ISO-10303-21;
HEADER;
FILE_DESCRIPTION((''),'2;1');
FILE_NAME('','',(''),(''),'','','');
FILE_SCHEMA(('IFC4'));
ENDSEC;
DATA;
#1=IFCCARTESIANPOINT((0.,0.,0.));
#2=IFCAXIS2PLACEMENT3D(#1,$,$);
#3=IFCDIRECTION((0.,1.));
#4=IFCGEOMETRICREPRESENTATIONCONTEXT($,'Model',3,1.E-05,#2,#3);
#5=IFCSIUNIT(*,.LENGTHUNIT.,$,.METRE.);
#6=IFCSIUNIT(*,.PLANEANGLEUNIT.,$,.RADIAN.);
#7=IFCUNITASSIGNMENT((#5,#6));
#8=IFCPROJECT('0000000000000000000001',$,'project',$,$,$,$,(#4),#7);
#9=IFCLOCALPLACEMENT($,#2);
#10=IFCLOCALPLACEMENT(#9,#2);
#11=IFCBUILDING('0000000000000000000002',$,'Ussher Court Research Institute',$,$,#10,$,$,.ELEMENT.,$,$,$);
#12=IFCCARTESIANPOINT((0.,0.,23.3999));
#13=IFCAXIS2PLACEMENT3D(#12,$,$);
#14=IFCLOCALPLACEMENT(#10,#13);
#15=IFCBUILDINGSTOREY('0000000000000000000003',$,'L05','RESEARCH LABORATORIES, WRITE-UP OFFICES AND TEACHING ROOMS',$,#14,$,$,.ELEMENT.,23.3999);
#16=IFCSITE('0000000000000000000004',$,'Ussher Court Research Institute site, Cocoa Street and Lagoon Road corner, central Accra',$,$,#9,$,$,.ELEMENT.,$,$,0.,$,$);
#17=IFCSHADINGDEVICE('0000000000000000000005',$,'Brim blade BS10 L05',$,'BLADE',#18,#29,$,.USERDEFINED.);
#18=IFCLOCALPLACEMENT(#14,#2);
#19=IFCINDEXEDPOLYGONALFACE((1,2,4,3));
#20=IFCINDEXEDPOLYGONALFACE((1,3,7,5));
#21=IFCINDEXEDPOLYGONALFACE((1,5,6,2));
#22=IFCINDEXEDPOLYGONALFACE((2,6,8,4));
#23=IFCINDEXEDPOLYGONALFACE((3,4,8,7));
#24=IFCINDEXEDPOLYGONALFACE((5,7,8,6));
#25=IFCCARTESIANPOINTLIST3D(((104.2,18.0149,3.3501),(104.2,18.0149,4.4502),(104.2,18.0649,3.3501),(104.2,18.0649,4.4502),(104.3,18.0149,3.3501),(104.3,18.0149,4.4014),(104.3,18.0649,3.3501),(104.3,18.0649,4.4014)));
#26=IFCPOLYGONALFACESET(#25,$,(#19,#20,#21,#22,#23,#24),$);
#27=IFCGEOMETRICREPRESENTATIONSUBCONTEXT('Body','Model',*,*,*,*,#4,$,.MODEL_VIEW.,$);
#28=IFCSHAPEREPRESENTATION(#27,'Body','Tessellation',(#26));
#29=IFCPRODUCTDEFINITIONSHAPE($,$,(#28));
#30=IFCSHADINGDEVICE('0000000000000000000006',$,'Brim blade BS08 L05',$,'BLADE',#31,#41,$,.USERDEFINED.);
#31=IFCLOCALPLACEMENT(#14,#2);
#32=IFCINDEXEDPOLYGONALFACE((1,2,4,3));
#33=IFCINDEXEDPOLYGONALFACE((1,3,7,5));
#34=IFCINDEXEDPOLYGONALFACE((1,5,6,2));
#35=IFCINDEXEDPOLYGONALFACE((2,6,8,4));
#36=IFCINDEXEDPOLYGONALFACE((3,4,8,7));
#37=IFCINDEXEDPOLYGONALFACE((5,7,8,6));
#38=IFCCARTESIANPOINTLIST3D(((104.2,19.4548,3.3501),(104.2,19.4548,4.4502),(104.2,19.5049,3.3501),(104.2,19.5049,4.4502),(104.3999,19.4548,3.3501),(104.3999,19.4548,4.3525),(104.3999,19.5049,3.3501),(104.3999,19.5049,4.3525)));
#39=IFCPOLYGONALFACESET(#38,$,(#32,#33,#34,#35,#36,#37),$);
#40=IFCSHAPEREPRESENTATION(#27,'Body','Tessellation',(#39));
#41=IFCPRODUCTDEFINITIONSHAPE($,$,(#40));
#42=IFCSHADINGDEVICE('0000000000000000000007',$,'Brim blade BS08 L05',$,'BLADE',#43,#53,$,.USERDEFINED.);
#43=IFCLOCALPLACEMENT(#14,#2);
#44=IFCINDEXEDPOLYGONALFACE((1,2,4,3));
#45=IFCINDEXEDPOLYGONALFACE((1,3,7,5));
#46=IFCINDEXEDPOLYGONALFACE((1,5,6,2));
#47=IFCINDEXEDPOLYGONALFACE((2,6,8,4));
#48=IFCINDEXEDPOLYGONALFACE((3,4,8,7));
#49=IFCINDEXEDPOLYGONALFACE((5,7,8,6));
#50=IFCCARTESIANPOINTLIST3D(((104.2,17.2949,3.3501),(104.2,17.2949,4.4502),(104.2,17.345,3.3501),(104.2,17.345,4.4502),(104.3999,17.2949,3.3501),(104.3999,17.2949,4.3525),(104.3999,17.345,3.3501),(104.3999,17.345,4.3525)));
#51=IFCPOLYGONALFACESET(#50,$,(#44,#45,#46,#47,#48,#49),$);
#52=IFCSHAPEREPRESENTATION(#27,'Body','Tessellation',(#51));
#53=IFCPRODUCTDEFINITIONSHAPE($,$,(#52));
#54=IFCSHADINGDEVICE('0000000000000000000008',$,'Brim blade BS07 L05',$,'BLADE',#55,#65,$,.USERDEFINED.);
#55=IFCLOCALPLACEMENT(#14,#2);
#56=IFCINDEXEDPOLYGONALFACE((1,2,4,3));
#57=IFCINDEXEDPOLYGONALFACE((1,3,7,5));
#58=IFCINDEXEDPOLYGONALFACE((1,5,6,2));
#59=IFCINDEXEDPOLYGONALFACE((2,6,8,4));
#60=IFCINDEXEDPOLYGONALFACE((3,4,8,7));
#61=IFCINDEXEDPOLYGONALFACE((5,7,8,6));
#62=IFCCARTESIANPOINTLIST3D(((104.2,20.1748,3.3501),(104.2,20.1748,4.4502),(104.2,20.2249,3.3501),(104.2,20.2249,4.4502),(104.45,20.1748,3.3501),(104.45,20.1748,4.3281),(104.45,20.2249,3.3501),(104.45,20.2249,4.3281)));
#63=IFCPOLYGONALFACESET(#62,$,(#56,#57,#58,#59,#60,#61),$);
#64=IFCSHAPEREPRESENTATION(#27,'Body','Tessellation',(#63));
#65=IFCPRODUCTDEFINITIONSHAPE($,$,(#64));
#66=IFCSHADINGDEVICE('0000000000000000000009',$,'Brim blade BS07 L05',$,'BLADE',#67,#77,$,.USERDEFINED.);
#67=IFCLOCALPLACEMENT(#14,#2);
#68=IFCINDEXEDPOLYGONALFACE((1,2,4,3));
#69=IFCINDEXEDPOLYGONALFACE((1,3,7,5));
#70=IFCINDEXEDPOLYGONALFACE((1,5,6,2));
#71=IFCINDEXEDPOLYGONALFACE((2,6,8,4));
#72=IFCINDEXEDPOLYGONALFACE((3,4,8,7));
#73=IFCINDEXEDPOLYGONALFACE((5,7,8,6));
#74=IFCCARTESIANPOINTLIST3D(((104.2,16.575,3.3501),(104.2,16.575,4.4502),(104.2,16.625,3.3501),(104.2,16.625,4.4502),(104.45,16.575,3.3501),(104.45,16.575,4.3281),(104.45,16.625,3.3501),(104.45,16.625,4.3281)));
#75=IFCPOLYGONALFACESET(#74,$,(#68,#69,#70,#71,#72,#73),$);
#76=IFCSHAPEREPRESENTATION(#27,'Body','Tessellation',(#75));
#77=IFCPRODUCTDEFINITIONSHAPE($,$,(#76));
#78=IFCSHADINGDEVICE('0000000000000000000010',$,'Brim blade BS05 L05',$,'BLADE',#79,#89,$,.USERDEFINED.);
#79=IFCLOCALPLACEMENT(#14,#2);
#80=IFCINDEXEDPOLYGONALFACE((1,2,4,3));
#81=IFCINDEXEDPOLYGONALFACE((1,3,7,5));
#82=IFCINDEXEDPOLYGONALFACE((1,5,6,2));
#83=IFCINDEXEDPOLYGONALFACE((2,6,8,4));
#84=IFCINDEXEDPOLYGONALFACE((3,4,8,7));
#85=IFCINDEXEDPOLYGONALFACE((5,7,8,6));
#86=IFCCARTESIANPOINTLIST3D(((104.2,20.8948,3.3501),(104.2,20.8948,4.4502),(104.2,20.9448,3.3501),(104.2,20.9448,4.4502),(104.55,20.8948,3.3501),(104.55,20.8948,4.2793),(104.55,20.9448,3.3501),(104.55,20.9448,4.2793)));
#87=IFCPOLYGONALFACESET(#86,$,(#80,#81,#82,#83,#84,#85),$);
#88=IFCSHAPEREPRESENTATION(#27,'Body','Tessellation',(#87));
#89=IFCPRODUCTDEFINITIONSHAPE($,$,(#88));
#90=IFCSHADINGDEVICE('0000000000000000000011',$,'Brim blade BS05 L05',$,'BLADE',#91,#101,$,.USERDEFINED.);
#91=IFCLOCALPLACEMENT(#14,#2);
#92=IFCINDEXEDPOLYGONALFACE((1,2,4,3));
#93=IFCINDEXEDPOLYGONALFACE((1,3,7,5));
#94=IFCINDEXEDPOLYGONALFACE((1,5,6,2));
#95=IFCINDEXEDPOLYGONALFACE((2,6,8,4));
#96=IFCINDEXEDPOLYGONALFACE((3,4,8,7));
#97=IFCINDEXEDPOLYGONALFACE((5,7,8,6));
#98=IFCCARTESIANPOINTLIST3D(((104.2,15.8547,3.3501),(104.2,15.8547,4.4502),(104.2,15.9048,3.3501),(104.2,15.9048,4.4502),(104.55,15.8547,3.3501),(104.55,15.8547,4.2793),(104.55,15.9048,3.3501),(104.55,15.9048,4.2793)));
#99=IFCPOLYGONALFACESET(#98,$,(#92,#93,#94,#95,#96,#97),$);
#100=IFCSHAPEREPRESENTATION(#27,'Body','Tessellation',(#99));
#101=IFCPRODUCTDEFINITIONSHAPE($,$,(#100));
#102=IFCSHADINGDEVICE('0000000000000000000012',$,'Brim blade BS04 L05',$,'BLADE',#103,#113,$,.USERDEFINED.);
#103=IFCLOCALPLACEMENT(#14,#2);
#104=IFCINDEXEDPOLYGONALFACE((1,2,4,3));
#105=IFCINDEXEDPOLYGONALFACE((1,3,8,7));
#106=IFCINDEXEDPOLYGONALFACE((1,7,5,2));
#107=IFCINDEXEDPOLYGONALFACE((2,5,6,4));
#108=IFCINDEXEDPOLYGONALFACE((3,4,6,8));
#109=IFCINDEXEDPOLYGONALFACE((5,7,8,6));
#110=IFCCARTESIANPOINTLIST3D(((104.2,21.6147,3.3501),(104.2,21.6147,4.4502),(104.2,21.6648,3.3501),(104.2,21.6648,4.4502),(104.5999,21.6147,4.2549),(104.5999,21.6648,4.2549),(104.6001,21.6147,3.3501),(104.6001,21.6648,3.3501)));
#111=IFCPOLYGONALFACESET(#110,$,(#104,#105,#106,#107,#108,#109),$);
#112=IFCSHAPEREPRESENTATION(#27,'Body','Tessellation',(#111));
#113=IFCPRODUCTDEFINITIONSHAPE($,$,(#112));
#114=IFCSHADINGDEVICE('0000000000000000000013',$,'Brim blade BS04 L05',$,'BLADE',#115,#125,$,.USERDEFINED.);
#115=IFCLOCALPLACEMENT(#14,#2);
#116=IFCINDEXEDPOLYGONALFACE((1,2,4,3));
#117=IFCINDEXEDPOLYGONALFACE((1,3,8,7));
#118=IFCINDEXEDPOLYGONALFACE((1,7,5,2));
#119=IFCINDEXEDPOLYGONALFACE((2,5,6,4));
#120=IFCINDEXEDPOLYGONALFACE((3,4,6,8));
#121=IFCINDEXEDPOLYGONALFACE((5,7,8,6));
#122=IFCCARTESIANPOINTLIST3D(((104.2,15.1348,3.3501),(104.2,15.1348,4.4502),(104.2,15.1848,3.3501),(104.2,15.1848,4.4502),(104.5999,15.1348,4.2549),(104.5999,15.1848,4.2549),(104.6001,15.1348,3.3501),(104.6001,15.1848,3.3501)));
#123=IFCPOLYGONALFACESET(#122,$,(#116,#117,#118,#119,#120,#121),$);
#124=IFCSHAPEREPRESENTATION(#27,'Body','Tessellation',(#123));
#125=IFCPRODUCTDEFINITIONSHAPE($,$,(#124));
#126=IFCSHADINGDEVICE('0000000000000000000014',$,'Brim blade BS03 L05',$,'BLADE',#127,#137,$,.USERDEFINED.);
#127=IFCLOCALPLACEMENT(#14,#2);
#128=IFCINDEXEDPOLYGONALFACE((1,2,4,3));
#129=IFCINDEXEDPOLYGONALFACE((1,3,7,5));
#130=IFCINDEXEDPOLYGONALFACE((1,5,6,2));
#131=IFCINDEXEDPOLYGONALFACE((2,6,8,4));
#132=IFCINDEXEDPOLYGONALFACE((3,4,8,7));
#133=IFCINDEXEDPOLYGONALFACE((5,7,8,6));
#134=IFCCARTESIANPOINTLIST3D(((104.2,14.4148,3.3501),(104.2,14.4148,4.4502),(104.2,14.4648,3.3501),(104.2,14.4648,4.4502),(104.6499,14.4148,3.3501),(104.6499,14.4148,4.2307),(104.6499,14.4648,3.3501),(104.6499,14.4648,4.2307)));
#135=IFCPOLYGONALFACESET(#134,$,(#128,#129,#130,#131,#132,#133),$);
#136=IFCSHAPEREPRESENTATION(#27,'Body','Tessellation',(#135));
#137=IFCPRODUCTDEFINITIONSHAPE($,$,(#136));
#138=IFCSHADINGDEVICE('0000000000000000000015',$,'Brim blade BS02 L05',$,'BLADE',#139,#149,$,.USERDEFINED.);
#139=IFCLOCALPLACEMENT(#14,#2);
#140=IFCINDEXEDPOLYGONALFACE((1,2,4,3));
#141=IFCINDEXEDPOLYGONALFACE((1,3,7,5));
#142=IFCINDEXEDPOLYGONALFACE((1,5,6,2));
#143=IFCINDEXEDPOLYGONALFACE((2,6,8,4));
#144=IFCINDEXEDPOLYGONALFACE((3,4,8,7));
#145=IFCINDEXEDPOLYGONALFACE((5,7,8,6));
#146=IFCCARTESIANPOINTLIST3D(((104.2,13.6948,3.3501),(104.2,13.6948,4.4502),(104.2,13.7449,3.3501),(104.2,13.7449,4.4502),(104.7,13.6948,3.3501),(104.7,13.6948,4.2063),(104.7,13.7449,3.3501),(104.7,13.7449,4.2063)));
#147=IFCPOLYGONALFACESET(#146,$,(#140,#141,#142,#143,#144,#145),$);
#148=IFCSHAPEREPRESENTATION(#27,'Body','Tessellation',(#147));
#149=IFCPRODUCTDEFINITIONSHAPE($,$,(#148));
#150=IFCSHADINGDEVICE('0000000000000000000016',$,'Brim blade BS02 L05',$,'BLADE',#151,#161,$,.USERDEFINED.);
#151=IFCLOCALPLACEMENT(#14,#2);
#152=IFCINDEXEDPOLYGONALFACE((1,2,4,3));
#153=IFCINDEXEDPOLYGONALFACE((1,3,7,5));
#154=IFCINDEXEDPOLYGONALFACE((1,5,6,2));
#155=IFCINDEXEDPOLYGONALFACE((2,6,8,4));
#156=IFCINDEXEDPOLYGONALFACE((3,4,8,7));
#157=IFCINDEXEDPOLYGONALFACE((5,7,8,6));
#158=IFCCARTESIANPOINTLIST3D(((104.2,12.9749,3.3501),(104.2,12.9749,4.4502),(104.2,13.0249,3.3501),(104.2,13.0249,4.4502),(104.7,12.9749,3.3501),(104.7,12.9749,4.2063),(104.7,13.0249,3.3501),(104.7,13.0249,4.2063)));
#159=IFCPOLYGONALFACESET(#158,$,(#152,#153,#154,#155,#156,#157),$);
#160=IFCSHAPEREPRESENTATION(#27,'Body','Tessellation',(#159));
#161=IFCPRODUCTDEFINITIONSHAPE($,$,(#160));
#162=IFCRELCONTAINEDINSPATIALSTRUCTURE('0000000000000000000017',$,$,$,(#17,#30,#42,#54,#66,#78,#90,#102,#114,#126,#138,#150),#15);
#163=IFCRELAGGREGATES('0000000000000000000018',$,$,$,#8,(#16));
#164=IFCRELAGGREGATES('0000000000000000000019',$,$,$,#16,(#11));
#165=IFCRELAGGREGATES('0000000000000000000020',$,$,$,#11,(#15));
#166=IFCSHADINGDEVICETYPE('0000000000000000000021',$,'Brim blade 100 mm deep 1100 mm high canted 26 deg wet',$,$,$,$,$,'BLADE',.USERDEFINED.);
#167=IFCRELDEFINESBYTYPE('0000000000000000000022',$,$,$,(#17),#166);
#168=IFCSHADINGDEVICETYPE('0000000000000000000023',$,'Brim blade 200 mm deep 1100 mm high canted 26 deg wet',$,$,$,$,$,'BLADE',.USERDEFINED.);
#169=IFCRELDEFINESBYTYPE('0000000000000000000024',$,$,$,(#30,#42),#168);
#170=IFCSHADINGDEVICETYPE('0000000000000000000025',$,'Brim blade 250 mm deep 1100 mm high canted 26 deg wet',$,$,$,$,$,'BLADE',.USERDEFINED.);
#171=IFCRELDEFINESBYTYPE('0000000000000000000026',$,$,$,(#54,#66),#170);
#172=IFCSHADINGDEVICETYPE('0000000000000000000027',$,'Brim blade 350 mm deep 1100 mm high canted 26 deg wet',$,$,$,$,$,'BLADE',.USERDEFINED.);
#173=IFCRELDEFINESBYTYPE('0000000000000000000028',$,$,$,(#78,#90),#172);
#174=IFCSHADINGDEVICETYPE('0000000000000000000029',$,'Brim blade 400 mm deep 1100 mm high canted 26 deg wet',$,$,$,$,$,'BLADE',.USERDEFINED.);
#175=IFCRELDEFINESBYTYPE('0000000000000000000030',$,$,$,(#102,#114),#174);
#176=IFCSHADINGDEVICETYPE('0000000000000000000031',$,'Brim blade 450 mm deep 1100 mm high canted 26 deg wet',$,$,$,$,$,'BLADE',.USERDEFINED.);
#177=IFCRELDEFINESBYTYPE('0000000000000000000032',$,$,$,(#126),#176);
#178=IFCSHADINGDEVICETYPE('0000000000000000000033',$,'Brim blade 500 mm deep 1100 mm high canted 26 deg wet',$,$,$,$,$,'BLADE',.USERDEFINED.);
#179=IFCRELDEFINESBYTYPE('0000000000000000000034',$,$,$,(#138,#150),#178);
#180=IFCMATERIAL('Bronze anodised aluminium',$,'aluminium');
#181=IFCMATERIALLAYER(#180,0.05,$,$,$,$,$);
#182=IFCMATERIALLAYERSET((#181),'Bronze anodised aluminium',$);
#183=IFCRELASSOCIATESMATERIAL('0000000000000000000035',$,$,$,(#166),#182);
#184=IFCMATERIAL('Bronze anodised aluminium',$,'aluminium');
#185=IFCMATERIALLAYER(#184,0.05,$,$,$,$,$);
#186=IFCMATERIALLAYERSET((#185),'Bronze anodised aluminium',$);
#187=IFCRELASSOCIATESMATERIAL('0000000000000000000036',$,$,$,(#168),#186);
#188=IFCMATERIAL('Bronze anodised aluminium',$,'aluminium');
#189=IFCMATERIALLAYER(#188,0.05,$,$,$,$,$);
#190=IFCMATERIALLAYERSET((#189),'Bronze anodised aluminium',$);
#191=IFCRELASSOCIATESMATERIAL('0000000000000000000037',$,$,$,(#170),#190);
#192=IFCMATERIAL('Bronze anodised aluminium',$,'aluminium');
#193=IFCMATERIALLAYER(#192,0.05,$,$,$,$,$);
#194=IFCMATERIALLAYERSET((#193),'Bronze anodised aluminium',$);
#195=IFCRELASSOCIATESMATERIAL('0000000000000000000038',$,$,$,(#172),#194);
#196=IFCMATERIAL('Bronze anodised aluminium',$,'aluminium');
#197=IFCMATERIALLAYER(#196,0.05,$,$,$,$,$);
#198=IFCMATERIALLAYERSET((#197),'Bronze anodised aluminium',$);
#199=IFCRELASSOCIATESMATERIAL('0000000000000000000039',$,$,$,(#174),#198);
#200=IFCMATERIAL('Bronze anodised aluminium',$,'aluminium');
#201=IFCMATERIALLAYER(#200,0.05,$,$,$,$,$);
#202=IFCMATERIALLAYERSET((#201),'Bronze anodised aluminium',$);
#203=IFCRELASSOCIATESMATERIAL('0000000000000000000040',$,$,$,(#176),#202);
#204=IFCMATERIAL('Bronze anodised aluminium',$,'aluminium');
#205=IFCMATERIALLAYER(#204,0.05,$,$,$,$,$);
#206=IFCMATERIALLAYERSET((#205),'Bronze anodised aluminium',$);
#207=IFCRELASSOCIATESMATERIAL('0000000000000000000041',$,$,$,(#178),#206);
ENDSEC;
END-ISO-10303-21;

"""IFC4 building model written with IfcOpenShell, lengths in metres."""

from ifc_helpers import new_model, si_unit, direction, frame, origin, place, context, subcontext, project, spatial, polyline, outline, extrude, material, layer, layer_set, type_object, element, save


model = new_model("IFC4")

# Units and contexts
model_context = context("Model", 3, precision=1e-05, world=origin(), true_north=direction((0.0, 1.0)))
body_context = subcontext(model_context, "Body", "Model", "MODEL_VIEW")
ifc_project = project(units=[si_unit("LENGTHUNIT", "METRE"), si_unit("PLANEANGLEUNIT", "RADIAN")], contexts=[model_context])

# Site, building, storey
site_placement = place(None, origin())
site = spatial("IfcSite", under=ifc_project, at=site_placement, Name="Ussher Court Research Institute site, Cocoa Street and Lagoon Road corner, central Accra", CompositionType="ELEMENT", RefElevation=0.0)
building_placement = place(site_placement, origin())
building = spatial("IfcBuilding", under=site, at=building_placement, Name="Ussher Court Research Institute", CompositionType="ELEMENT")
storey_placement = place(building_placement, frame((0.0, 0.0, 23.3999)))
storey = spatial("IfcBuildingStorey", under=building, at=storey_placement, Name="L05", Description="RESEARCH LABORATORIES, WRITE-UP OFFICES AND TEACHING ROOMS", CompositionType="ELEMENT", Elevation=23.3999)

# Shading devices
ifc_material_1 = material(Name="Bronze anodised aluminium", Category="aluminium")
ifc_layer_1 = layer(ifc_material_1, 0.05)
ifc_layer_set_1 = layer_set([ifc_layer_1], Name="Bronze anodised aluminium")
shading_device_type_1 = type_object("IfcShadingDeviceType", Name="Brim blade 100 mm deep 1100 mm high canted 26 deg wet", ElementType="BLADE", PredefinedType="USERDEFINED", material=ifc_layer_set_1)
for number, where, z_axis, x_axis, name in (
    (1, (104.2, 18.04, 3.3501), (0.0, 0.0, 1.0), (1.0, 0.0, 0.0), "Brim blade BS10 L05"),
):
    element("IfcShadingDevice", number, at=place(storey_placement, frame(where, z_axis=z_axis, x_axis=x_axis)), inside=storey, type_object=shading_device_type_1, Name=name, ObjectType="BLADE", PredefinedType="USERDEFINED", context=body_context, shape_type="SweptSolid", body=[
        extrude(outline(polyline([(0.0, 0.0), (0.1001, 0.0), (0.1001, 1.0513), (0.0, 1.1001), (0.0, 0.0)])), frame((0.0, 0.0249, 0.0), z_axis=(0.0, -1.0, 0.0), x_axis=(1.0, 0.0, 0.0)), (0.0, 0.0, 1.0), 0.05),
    ])
ifc_material_2 = material(Name="Bronze anodised aluminium", Category="aluminium")
ifc_layer_2 = layer(ifc_material_2, 0.05)
ifc_layer_set_2 = layer_set([ifc_layer_2], Name="Bronze anodised aluminium")
shading_device_type_2 = type_object("IfcShadingDeviceType", Name="Brim blade 200 mm deep 1100 mm high canted 26 deg wet", ElementType="BLADE", PredefinedType="USERDEFINED", material=ifc_layer_set_2)
for number, where, z_axis, x_axis, name in (
    (2, (104.2, 19.48, 3.3501), (0.0, 0.0, 1.0), (1.0, 0.0, 0.0), "Brim blade BS08 L05"),
    (3, (104.2, 17.3201, 3.3501), (0.0, 0.0, 1.0), (1.0, 0.0, 0.0), "Brim blade BS08 L05"),
):
    element("IfcShadingDevice", number, at=place(storey_placement, frame(where, z_axis=z_axis, x_axis=x_axis)), inside=storey, type_object=shading_device_type_2, Name=name, ObjectType="BLADE", PredefinedType="USERDEFINED", context=body_context, shape_type="SweptSolid", body=[
        extrude(outline(polyline([(0.0, 0.0), (0.2, 0.0), (0.2, 1.0024), (0.0, 1.1001), (0.0, 0.0)])), frame((0.0, 0.0249, 0.0), z_axis=(0.0, -1.0, 0.0), x_axis=(1.0, 0.0, 0.0)), (0.0, 0.0, 1.0), 0.05),
    ])
ifc_material_3 = material(Name="Bronze anodised aluminium", Category="aluminium")
ifc_layer_3 = layer(ifc_material_3, 0.05)
ifc_layer_set_3 = layer_set([ifc_layer_3], Name="Bronze anodised aluminium")
shading_device_type_3 = type_object("IfcShadingDeviceType", Name="Brim blade 250 mm deep 1100 mm high canted 26 deg wet", ElementType="BLADE", PredefinedType="USERDEFINED", material=ifc_layer_set_3)
for number, where, z_axis, x_axis, name in (
    (4, (104.2, 20.2, 3.3501), (0.0, 0.0, 1.0), (1.0, 0.0, 0.0), "Brim blade BS07 L05"),
    (5, (104.2, 16.6001, 3.3501), (0.0, 0.0, 1.0), (1.0, 0.0, 0.0), "Brim blade BS07 L05"),
):
    element("IfcShadingDevice", number, at=place(storey_placement, frame(where, z_axis=z_axis, x_axis=x_axis)), inside=storey, type_object=shading_device_type_3, Name=name, ObjectType="BLADE", PredefinedType="USERDEFINED", context=body_context, shape_type="SweptSolid", body=[
        extrude(outline(polyline([(0.0, 0.0), (0.25, 0.0), (0.25, 0.978), (0.0, 1.1001), (0.0, 0.0)])), frame((0.0, 0.0249, 0.0), z_axis=(0.0, -1.0, 0.0), x_axis=(1.0, 0.0, 0.0)), (0.0, 0.0, 1.0), 0.05),
    ])
ifc_material_4 = material(Name="Bronze anodised aluminium", Category="aluminium")
ifc_layer_4 = layer(ifc_material_4, 0.05)
ifc_layer_set_4 = layer_set([ifc_layer_4], Name="Bronze anodised aluminium")
shading_device_type_4 = type_object("IfcShadingDeviceType", Name="Brim blade 350 mm deep 1100 mm high canted 26 deg wet", ElementType="BLADE", PredefinedType="USERDEFINED", material=ifc_layer_set_4)
for number, where, z_axis, x_axis, name in (
    (6, (104.2, 20.9199, 3.3501), (0.0, 0.0, 1.0), (1.0, 0.0, 0.0), "Brim blade BS05 L05"),
    (7, (104.2, 15.8799, 3.3501), (0.0, 0.0, 1.0), (1.0, 0.0, 0.0), "Brim blade BS05 L05"),
):
    element("IfcShadingDevice", number, at=place(storey_placement, frame(where, z_axis=z_axis, x_axis=x_axis)), inside=storey, type_object=shading_device_type_4, Name=name, ObjectType="BLADE", PredefinedType="USERDEFINED", context=body_context, shape_type="SweptSolid", body=[
        extrude(outline(polyline([(0.0, 0.0), (0.3501, 0.0), (0.3501, 0.9292), (0.0, 1.1001), (0.0, 0.0)])), frame((0.0, 0.0249, 0.0), z_axis=(0.0, -1.0, 0.0), x_axis=(1.0, 0.0, 0.0)), (0.0, 0.0, 1.0), 0.05),
    ])
ifc_material_5 = material(Name="Bronze anodised aluminium", Category="aluminium")
ifc_layer_5 = layer(ifc_material_5, 0.05)
ifc_layer_set_5 = layer_set([ifc_layer_5], Name="Bronze anodised aluminium")
shading_device_type_5 = type_object("IfcShadingDeviceType", Name="Brim blade 400 mm deep 1100 mm high canted 26 deg wet", ElementType="BLADE", PredefinedType="USERDEFINED", material=ifc_layer_set_5)
for number, where, z_axis, x_axis, name in (
    (8, (104.2, 21.6399, 3.3501), (0.0, 0.0, 1.0), (1.0, 0.0, 0.0), "Brim blade BS04 L05"),
    (9, (104.2, 15.1599, 3.3501), (0.0, 0.0, 1.0), (1.0, 0.0, 0.0), "Brim blade BS04 L05"),
):
    element("IfcShadingDevice", number, at=place(storey_placement, frame(where, z_axis=z_axis, x_axis=x_axis)), inside=storey, type_object=shading_device_type_5, Name=name, ObjectType="BLADE", PredefinedType="USERDEFINED", context=body_context, shape_type="SweptSolid", body=[
        extrude(outline(polyline([(0.0, 0.0), (0.4001, 0.0), (0.3999, 0.9048), (0.0, 1.1001), (0.0, 0.0)])), frame((0.0, 0.0249, 0.0), z_axis=(0.0, -1.0, 0.0), x_axis=(1.0, 0.0, 0.0)), (0.0, 0.0, 1.0), 0.05),
    ])
ifc_material_6 = material(Name="Bronze anodised aluminium", Category="aluminium")
ifc_layer_6 = layer(ifc_material_6, 0.05)
ifc_layer_set_6 = layer_set([ifc_layer_6], Name="Bronze anodised aluminium")
shading_device_type_6 = type_object("IfcShadingDeviceType", Name="Brim blade 450 mm deep 1100 mm high canted 26 deg wet", ElementType="BLADE", PredefinedType="USERDEFINED", material=ifc_layer_set_6)
shading_device_1_placement = place(storey_placement, frame((104.2, 14.4399, 3.3501), z_axis=(0.0, 0.0, 1.0), x_axis=(1.0, 0.0, 0.0)))
element("IfcShadingDevice", 10, at=shading_device_1_placement, inside=storey, type_object=shading_device_type_6, Name="Brim blade BS03 L05", ObjectType="BLADE", PredefinedType="USERDEFINED", context=body_context, shape_type="SweptSolid", body=[
    extrude(outline(polyline([(0.0, 0.0), (0.45, 0.0), (0.45, 0.8806), (0.0, 1.1001), (0.0, 0.0)])), frame((0.0, 0.0249, 0.0), z_axis=(0.0, -1.0, 0.0), x_axis=(1.0, 0.0, 0.0)), (0.0, 0.0, 1.0), 0.05),
])
ifc_material_7 = material(Name="Bronze anodised aluminium", Category="aluminium")
ifc_layer_7 = layer(ifc_material_7, 0.05)
ifc_layer_set_7 = layer_set([ifc_layer_7], Name="Bronze anodised aluminium")
shading_device_type_7 = type_object("IfcShadingDeviceType", Name="Brim blade 500 mm deep 1100 mm high canted 26 deg wet", ElementType="BLADE", PredefinedType="USERDEFINED", material=ifc_layer_set_7)
for number, where, z_axis, x_axis, name in (
    (11, (104.2, 13.72, 3.3501), (0.0, 0.0, 1.0), (1.0, 0.0, 0.0), "Brim blade BS02 L05"),
    (12, (104.2, 13.0, 3.3501), (0.0, 0.0, 1.0), (1.0, 0.0, 0.0), "Brim blade BS02 L05"),
):
    element("IfcShadingDevice", number, at=place(storey_placement, frame(where, z_axis=z_axis, x_axis=x_axis)), inside=storey, type_object=shading_device_type_7, Name=name, ObjectType="BLADE", PredefinedType="USERDEFINED", context=body_context, shape_type="SweptSolid", body=[
        extrude(outline(polyline([(0.0, 0.0), (0.5, 0.0), (0.5, 0.8562), (0.0, 1.1001), (0.0, 0.0)])), frame((0.0, 0.0249, 0.0), z_axis=(0.0, -1.0, 0.0), x_axis=(1.0, 0.0, 0.0)), (0.0, 0.0, 1.0), 0.05),
    ])

save(model, "model.ifc")
